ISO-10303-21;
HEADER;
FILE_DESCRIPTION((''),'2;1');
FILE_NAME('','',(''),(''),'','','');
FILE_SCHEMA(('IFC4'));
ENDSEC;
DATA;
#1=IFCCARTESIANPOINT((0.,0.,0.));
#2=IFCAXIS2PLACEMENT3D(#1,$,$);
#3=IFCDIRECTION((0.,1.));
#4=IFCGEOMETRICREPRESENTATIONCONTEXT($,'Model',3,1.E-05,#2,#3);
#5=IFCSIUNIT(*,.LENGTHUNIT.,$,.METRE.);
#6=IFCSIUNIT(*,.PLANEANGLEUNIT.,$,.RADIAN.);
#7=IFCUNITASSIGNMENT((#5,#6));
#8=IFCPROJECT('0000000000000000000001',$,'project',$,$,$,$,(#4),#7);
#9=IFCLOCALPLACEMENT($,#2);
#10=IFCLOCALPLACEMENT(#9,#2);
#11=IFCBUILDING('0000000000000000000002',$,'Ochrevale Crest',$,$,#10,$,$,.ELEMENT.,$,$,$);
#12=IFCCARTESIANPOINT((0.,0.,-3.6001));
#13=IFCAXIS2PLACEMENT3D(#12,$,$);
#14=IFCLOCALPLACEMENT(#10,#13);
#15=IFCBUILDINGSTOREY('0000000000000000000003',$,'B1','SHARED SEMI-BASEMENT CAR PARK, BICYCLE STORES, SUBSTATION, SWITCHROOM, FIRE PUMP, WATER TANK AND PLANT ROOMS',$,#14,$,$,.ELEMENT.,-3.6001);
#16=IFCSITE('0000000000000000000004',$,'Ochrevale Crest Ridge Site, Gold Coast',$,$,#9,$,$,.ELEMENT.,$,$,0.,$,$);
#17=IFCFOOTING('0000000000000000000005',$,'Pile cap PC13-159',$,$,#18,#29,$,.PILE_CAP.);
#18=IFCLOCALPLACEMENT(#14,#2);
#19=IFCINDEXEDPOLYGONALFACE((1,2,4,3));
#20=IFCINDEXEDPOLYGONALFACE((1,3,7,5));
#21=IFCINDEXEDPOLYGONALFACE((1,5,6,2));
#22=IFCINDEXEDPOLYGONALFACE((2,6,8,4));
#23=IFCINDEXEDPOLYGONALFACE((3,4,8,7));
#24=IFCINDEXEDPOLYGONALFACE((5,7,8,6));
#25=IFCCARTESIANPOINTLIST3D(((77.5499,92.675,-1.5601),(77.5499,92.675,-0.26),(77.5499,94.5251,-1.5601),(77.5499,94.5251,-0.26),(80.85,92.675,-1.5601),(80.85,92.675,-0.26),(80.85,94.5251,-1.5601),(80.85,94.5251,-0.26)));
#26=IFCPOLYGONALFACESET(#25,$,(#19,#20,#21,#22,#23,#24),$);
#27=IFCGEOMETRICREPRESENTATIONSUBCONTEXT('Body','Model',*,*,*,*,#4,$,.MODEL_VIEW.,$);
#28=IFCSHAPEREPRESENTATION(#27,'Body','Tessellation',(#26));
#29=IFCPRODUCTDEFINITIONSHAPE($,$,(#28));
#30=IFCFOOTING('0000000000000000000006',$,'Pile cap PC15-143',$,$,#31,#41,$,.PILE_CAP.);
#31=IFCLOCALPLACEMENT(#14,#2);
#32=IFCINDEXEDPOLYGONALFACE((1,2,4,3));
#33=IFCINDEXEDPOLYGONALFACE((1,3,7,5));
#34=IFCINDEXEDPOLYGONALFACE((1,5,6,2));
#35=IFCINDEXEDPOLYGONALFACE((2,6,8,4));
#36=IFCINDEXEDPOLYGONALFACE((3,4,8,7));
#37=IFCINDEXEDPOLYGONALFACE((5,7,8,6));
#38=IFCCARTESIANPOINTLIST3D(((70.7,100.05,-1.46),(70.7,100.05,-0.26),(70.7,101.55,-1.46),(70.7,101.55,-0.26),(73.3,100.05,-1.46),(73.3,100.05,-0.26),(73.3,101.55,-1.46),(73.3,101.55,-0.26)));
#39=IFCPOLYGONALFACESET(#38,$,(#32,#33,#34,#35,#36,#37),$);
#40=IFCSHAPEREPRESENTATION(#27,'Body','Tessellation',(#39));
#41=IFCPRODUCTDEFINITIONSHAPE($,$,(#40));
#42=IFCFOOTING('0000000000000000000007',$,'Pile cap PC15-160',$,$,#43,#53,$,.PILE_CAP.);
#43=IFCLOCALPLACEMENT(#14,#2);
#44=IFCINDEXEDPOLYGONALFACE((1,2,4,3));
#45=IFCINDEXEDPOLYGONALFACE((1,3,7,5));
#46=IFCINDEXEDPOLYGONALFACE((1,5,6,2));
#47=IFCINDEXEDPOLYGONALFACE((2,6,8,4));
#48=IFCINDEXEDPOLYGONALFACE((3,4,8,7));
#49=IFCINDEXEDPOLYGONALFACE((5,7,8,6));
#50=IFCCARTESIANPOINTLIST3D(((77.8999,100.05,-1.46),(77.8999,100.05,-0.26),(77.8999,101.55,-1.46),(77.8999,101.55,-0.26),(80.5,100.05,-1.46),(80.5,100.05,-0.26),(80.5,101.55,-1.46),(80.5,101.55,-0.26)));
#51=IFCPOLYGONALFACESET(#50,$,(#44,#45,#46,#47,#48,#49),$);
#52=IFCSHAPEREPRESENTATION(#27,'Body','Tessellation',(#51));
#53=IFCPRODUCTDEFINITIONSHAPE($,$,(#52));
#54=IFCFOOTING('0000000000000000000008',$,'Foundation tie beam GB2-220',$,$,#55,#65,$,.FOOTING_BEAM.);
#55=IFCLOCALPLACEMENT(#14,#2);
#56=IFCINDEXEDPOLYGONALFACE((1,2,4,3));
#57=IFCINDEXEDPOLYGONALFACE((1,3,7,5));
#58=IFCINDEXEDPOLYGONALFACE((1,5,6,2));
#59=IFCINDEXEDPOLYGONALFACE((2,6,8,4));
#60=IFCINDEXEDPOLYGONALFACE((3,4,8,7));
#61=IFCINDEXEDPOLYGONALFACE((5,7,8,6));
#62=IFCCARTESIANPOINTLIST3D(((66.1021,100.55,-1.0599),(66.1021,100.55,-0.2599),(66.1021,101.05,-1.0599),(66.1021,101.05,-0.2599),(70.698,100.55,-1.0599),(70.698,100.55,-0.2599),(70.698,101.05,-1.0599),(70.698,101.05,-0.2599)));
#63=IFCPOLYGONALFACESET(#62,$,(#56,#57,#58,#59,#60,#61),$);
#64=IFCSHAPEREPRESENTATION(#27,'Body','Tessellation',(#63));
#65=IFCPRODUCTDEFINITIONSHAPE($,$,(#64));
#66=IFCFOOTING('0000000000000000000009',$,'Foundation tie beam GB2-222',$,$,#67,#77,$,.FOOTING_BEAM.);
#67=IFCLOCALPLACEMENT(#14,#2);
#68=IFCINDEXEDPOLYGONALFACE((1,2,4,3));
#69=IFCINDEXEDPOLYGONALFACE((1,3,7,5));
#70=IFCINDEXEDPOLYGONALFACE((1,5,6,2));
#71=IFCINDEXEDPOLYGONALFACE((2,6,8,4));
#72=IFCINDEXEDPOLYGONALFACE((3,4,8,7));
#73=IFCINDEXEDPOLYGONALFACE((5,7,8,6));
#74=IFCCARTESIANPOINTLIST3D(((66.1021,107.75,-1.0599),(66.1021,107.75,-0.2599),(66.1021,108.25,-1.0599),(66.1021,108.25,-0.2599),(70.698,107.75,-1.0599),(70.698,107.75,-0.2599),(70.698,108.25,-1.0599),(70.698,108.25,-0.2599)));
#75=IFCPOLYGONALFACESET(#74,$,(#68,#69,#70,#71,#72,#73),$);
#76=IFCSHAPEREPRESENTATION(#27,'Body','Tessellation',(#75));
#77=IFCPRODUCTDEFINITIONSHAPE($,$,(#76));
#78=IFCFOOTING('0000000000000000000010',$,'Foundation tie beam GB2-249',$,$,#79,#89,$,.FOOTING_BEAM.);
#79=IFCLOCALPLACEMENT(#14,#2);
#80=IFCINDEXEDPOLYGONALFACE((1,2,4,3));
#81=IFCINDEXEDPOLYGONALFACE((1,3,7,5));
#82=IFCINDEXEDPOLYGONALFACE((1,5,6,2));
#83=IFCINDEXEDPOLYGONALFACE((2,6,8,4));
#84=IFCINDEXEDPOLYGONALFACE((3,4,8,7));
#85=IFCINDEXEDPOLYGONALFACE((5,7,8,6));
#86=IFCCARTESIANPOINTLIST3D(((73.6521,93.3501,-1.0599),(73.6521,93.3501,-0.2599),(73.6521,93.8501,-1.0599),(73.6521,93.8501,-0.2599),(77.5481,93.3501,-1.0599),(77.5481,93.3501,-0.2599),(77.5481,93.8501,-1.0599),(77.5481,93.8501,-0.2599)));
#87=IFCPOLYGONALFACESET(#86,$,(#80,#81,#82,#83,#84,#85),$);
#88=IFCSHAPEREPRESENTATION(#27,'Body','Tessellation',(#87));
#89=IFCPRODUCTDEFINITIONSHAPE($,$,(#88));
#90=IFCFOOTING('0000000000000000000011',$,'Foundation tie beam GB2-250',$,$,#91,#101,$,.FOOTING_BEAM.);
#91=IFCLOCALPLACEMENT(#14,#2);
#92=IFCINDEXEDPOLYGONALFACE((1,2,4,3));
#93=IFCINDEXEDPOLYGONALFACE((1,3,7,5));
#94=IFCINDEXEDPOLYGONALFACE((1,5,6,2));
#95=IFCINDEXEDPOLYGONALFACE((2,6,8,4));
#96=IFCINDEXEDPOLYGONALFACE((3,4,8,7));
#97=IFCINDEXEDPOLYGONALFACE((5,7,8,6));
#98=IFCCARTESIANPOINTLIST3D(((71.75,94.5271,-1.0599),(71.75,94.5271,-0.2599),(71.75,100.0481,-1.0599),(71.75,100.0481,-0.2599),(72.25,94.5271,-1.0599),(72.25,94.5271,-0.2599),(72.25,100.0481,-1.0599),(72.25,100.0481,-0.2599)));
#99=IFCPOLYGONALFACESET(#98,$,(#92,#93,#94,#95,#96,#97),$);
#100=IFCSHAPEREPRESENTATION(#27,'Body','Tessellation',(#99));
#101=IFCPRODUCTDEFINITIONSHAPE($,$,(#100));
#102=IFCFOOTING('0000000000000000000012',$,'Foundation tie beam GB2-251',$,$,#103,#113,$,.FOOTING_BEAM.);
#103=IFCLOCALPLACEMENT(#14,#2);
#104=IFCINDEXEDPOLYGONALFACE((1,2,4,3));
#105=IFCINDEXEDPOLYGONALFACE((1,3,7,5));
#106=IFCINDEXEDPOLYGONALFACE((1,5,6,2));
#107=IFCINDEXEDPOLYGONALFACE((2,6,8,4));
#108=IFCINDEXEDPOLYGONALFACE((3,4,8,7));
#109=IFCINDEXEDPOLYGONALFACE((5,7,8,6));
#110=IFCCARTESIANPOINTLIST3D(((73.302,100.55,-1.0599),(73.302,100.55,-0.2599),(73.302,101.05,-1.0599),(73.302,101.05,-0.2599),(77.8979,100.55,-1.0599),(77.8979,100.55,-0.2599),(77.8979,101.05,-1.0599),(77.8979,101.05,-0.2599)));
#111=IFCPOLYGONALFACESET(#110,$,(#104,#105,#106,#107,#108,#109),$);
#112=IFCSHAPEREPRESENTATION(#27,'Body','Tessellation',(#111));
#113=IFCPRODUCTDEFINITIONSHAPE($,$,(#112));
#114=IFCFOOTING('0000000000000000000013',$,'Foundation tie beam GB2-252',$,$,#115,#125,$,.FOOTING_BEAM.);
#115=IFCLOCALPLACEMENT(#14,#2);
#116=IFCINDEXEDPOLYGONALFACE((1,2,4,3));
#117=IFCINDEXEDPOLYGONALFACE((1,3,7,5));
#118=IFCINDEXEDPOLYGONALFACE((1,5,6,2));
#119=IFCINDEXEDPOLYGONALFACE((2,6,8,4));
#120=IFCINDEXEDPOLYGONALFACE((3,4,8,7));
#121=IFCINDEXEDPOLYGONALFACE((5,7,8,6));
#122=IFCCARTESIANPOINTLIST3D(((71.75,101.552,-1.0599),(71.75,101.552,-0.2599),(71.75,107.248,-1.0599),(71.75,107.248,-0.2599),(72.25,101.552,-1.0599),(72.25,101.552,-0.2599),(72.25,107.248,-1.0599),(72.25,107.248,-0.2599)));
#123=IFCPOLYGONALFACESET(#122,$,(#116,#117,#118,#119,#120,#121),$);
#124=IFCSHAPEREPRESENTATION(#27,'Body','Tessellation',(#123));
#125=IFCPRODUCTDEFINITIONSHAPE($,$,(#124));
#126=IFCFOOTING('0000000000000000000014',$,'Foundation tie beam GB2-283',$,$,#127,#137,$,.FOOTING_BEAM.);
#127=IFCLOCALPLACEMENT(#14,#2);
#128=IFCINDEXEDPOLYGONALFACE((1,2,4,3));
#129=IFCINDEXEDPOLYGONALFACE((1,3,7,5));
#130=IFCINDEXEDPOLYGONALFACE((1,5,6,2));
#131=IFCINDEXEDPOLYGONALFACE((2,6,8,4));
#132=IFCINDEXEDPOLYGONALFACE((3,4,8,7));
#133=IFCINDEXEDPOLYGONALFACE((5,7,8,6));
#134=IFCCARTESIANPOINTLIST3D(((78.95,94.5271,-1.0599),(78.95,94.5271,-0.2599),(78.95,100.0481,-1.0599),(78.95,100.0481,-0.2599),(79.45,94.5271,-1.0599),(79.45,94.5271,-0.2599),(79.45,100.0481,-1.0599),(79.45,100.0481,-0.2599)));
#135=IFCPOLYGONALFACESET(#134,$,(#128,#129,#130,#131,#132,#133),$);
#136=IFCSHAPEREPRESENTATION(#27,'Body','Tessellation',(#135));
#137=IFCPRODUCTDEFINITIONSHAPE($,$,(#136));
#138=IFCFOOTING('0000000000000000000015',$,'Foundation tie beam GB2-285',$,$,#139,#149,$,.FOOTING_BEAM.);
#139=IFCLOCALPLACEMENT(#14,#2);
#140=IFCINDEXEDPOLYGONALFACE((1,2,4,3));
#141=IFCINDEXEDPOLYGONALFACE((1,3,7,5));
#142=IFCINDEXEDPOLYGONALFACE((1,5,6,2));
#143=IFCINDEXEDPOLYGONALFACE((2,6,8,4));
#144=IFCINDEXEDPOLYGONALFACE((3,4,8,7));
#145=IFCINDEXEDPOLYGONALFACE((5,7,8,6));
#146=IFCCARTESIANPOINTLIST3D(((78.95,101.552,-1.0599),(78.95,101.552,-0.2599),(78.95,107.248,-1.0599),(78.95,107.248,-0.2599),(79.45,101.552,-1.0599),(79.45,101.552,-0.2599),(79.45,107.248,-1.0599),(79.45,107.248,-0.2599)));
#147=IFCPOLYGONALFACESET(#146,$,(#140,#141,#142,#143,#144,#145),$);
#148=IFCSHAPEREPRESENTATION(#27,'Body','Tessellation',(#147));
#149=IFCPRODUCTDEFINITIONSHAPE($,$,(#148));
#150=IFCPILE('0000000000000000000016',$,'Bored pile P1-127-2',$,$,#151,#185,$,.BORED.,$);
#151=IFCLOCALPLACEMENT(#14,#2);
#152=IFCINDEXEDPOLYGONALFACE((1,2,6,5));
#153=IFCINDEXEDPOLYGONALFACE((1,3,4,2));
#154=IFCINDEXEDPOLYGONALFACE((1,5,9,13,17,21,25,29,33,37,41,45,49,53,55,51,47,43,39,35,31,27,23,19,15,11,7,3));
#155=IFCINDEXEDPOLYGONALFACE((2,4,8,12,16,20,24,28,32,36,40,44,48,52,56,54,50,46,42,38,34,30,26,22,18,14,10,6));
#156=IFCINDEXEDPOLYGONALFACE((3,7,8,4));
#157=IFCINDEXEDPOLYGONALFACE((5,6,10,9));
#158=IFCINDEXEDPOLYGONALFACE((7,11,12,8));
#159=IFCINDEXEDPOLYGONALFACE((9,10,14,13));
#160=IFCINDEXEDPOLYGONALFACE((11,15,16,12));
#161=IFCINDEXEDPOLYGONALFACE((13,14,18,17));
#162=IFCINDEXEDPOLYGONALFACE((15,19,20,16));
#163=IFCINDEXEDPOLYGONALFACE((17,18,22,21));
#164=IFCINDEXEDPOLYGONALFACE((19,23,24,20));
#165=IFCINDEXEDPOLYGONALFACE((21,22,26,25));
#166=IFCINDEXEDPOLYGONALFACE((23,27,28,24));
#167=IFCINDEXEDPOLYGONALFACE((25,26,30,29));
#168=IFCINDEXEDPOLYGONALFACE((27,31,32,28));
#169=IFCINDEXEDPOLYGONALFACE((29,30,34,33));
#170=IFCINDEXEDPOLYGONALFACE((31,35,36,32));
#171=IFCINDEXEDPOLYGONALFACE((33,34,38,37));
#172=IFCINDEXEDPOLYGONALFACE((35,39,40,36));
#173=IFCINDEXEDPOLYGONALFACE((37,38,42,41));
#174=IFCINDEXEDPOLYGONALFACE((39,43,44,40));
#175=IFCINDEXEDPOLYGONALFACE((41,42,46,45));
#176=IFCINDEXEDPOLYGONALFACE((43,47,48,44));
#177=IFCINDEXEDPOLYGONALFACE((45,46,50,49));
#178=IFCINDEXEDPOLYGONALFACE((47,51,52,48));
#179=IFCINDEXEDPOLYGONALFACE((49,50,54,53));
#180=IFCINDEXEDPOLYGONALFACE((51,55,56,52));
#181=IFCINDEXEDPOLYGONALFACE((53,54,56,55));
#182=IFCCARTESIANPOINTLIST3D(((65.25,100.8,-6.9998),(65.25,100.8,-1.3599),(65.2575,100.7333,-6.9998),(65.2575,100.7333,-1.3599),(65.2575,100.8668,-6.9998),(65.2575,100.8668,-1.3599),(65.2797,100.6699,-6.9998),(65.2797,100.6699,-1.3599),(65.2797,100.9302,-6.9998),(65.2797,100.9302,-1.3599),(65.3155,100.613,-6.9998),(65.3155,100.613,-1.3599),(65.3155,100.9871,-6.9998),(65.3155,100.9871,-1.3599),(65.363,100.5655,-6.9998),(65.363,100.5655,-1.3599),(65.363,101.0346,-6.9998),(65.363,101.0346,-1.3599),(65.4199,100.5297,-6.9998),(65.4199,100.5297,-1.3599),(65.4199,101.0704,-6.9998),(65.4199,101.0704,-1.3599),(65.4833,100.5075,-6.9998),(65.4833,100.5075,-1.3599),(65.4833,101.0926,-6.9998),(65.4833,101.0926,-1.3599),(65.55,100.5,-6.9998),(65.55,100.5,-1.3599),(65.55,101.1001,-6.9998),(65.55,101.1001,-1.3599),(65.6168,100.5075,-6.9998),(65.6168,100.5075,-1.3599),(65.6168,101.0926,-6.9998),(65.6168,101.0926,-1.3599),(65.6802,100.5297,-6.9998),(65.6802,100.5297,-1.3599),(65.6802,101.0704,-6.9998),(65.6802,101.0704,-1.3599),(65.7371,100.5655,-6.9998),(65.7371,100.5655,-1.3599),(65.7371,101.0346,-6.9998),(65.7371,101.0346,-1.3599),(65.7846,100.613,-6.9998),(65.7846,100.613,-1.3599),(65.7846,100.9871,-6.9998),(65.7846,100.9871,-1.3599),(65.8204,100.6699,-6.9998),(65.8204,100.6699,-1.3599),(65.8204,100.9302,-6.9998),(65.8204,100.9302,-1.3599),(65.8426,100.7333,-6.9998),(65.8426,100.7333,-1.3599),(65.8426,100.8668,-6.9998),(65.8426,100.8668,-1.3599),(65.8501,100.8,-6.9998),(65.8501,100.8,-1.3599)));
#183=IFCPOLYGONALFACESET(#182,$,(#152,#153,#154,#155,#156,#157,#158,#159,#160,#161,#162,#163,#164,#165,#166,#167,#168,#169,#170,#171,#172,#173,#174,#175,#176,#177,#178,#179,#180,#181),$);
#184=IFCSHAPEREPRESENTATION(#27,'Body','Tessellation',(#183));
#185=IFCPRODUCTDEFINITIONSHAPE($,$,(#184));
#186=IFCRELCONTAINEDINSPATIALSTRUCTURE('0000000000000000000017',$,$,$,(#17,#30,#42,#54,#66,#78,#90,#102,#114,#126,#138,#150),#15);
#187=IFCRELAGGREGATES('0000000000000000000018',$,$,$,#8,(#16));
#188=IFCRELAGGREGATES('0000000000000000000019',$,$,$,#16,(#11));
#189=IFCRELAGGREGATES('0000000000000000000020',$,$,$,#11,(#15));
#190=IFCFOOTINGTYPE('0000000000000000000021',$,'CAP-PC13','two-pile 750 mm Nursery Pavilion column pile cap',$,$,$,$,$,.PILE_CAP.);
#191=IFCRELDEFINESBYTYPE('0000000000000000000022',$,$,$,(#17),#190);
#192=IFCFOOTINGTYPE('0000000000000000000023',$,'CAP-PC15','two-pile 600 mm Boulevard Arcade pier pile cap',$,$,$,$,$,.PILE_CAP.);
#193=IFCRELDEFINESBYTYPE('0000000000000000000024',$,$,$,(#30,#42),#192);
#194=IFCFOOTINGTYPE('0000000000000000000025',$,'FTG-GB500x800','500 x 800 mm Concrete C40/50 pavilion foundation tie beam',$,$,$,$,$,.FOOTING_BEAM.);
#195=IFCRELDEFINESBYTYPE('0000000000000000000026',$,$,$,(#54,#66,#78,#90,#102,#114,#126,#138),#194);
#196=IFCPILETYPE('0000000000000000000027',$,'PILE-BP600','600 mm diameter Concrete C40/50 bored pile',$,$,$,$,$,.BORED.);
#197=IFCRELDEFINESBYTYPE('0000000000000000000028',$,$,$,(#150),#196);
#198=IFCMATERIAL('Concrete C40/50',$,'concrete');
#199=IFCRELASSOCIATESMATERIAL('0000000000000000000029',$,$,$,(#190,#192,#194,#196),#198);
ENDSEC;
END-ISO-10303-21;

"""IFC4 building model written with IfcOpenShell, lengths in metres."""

from ifc_helpers import new_model, si_unit, direction, frame, origin, origin_2d, place, context, subcontext, project, spatial, rectangle, circle, extrude, material, material_profile, profile_set, type_object, element, save


model = new_model("IFC4")

# Units and contexts
model_context = context("Model", 3, precision=1e-05, world=origin(), true_north=direction((0.0, 1.0)))
body_context = subcontext(model_context, "Body", "Model", "MODEL_VIEW")
ifc_project = project(units=[si_unit("LENGTHUNIT", "METRE"), si_unit("PLANEANGLEUNIT", "RADIAN")], contexts=[model_context])

# Site, building, storey
site_placement = place(None, origin())
site = spatial("IfcSite", under=ifc_project, at=site_placement, Name="Ochrevale Crest Ridge Site, Gold Coast", CompositionType="ELEMENT", RefElevation=0.0)
building_placement = place(site_placement, origin())
building = spatial("IfcBuilding", under=site, at=building_placement, Name="Ochrevale Crest", CompositionType="ELEMENT")
storey_placement = place(building_placement, frame((0.0, 0.0, -3.6001)))
storey = spatial("IfcBuildingStorey", under=building, at=storey_placement, Name="B1", Description="SHARED SEMI-BASEMENT CAR PARK, BICYCLE STORES, SUBSTATION, SWITCHROOM, FIRE PUMP, WATER TANK AND PLANT ROOMS", CompositionType="ELEMENT", Elevation=-3.6001)

# Footings
ifc_material_1 = material(Name="Concrete C40/50", Category="concrete")
footing_type_1 = type_object("IfcFootingType", Name="CAP-PC13", Description="two-pile 750 mm Nursery Pavilion column pile cap", PredefinedType="PILE_CAP", material=ifc_material_1)
footing_1_placement = place(storey_placement, frame((79.2, 93.6001, -1.5601), z_axis=(0.0, 0.0, 1.0), x_axis=(1.0, 0.0, 0.0)))
element("IfcFooting", 1, at=footing_1_placement, inside=storey, type_object=footing_type_1, Name="Pile cap PC13-159", PredefinedType="PILE_CAP", context=body_context, shape_type="SweptSolid", body=[
    extrude(rectangle(XDim=3.3, YDim=1.8501, at=origin_2d()), origin(), (0.0, 0.0, 1.0), 1.3),
])
footing_type_2 = type_object("IfcFootingType", Name="CAP-PC15", Description="two-pile 600 mm Boulevard Arcade pier pile cap", PredefinedType="PILE_CAP", material=ifc_material_1)
for number, where, z_axis, x_axis, name in (
    (2, (72.0, 100.8, -1.46), (0.0, 0.0, 1.0), (1.0, 0.0, 0.0), "Pile cap PC15-143"),
    (3, (79.2, 100.8, -1.46), (0.0, 0.0, 1.0), (1.0, 0.0, 0.0), "Pile cap PC15-160"),
):
    element("IfcFooting", number, at=place(storey_placement, frame(where, z_axis=z_axis, x_axis=x_axis)), inside=storey, type_object=footing_type_2, Name=name, PredefinedType="PILE_CAP", context=body_context, shape_type="SweptSolid", body=[
        extrude(rectangle(XDim=2.6001, YDim=1.5, at=origin_2d()), origin(), (0.0, 0.0, 1.0), 1.2),
    ])
ifc_material_profile_1 = material_profile(ifc_material_1, rectangle(XDim=0.5, YDim=0.8, at=origin_2d()), Name="GB 500x800")
ifc_profile_set_1 = profile_set([ifc_material_profile_1], Name="Concrete C40/50")
footing_type_3 = type_object("IfcFootingType", Name="FTG-GB500x800", Description="500 x 800 mm Concrete C40/50 pavilion foundation tie beam", PredefinedType="FOOTING_BEAM", material=ifc_profile_set_1)
for number, where, z_axis, x_axis, name in (
    (4, (66.1021, 100.8, -0.6599), (1.0, 0.0, 0.0), (0.0, 1.0, 0.0), "Foundation tie beam GB2-220"),
    (5, (66.1021, 108.0, -0.6599), (1.0, 0.0, 0.0), (0.0, 1.0, 0.0), "Foundation tie beam GB2-222"),
):
    element("IfcFooting", number, at=place(storey_placement, frame(where, z_axis=z_axis, x_axis=x_axis)), inside=storey, type_object=footing_type_3, Name=name, PredefinedType="FOOTING_BEAM", context=body_context, shape_type="SweptSolid", body=[
        extrude(rectangle(XDim=0.5, YDim=0.8, at=origin_2d()), origin(), (0.0, 0.0, 1.0), 4.5959),
    ])
footing_2_placement = place(storey_placement, frame((73.6521, 93.6001, -0.6599), z_axis=(1.0, 0.0, 0.0), x_axis=(0.0, 1.0, 0.0)))
element("IfcFooting", 6, at=footing_2_placement, inside=storey, type_object=footing_type_3, Name="Foundation tie beam GB2-249", PredefinedType="FOOTING_BEAM", context=body_context, shape_type="SweptSolid", body=[
    extrude(rectangle(XDim=0.5, YDim=0.8, at=origin_2d()), origin(), (0.0, 0.0, 1.0), 3.896),
])
footing_3_placement = place(storey_placement, frame((72.0, 94.5271, -0.6599), z_axis=(0.0, 1.0, 0.0), x_axis=(-1.0, 0.0, 0.0)))
element("IfcFooting", 7, at=footing_3_placement, inside=storey, type_object=footing_type_3, Name="Foundation tie beam GB2-250", PredefinedType="FOOTING_BEAM", context=body_context, shape_type="SweptSolid", body=[
    extrude(rectangle(XDim=0.5, YDim=0.8, at=origin_2d()), origin(), (0.0, 0.0, 1.0), 5.521),
])
footing_4_placement = place(storey_placement, frame((73.302, 100.8, -0.6599), z_axis=(1.0, 0.0, 0.0), x_axis=(0.0, 1.0, 0.0)))
element("IfcFooting", 8, at=footing_4_placement, inside=storey, type_object=footing_type_3, Name="Foundation tie beam GB2-251", PredefinedType="FOOTING_BEAM", context=body_context, shape_type="SweptSolid", body=[
    extrude(rectangle(XDim=0.5, YDim=0.8, at=origin_2d()), origin(), (0.0, 0.0, 1.0), 4.5959),
])
footing_5_placement = place(storey_placement, frame((72.0, 101.552, -0.6599), z_axis=(0.0, 1.0, 0.0), x_axis=(-1.0, 0.0, 0.0)))
element("IfcFooting", 9, at=footing_5_placement, inside=storey, type_object=footing_type_3, Name="Foundation tie beam GB2-252", PredefinedType="FOOTING_BEAM", context=body_context, shape_type="SweptSolid", body=[
    extrude(rectangle(XDim=0.5, YDim=0.8, at=origin_2d()), origin(), (0.0, 0.0, 1.0), 5.696),
])
footing_6_placement = place(storey_placement, frame((79.2, 94.5271, -0.6599), z_axis=(0.0, 1.0, 0.0), x_axis=(-1.0, 0.0, 0.0)))
element("IfcFooting", 10, at=footing_6_placement, inside=storey, type_object=footing_type_3, Name="Foundation tie beam GB2-283", PredefinedType="FOOTING_BEAM", context=body_context, shape_type="SweptSolid", body=[
    extrude(rectangle(XDim=0.5, YDim=0.8, at=origin_2d()), origin(), (0.0, 0.0, 1.0), 5.521),
])
footing_7_placement = place(storey_placement, frame((79.2, 101.552, -0.6599), z_axis=(0.0, 1.0, 0.0), x_axis=(-1.0, 0.0, 0.0)))
element("IfcFooting", 11, at=footing_7_placement, inside=storey, type_object=footing_type_3, Name="Foundation tie beam GB2-285", PredefinedType="FOOTING_BEAM", context=body_context, shape_type="SweptSolid", body=[
    extrude(rectangle(XDim=0.5, YDim=0.8, at=origin_2d()), origin(), (0.0, 0.0, 1.0), 5.696),
])

# Pile
ifc_material_profile_2 = material_profile(ifc_material_1, circle(Radius=0.3, at=origin_2d()), Name="BORED PILE 600")
ifc_profile_set_2 = profile_set([ifc_material_profile_2], Name="Concrete C40/50")
pile_type_1 = type_object("IfcPileType", Name="PILE-BP600", Description="600 mm diameter Concrete C40/50 bored pile", PredefinedType="BORED", material=ifc_profile_set_2)
for number, where, z_axis, x_axis, name in (
    (12, (65.55, 100.8, -1.3599), (0.0, 0.0, -1.0), (1.0, 0.0, 0.0), "Bored pile P1-127-2"),
):
    element("IfcPile", number, at=place(storey_placement, frame(where, z_axis=z_axis, x_axis=x_axis)), inside=storey, type_object=pile_type_1, Name=name, PredefinedType="BORED", context=body_context, shape_type="SweptSolid", body=[
        extrude(circle(Radius=0.3, at=origin_2d()), origin(), (0.0, 0.0, 1.0), 5.6399),
    ])

save(model, "model.ifc")
